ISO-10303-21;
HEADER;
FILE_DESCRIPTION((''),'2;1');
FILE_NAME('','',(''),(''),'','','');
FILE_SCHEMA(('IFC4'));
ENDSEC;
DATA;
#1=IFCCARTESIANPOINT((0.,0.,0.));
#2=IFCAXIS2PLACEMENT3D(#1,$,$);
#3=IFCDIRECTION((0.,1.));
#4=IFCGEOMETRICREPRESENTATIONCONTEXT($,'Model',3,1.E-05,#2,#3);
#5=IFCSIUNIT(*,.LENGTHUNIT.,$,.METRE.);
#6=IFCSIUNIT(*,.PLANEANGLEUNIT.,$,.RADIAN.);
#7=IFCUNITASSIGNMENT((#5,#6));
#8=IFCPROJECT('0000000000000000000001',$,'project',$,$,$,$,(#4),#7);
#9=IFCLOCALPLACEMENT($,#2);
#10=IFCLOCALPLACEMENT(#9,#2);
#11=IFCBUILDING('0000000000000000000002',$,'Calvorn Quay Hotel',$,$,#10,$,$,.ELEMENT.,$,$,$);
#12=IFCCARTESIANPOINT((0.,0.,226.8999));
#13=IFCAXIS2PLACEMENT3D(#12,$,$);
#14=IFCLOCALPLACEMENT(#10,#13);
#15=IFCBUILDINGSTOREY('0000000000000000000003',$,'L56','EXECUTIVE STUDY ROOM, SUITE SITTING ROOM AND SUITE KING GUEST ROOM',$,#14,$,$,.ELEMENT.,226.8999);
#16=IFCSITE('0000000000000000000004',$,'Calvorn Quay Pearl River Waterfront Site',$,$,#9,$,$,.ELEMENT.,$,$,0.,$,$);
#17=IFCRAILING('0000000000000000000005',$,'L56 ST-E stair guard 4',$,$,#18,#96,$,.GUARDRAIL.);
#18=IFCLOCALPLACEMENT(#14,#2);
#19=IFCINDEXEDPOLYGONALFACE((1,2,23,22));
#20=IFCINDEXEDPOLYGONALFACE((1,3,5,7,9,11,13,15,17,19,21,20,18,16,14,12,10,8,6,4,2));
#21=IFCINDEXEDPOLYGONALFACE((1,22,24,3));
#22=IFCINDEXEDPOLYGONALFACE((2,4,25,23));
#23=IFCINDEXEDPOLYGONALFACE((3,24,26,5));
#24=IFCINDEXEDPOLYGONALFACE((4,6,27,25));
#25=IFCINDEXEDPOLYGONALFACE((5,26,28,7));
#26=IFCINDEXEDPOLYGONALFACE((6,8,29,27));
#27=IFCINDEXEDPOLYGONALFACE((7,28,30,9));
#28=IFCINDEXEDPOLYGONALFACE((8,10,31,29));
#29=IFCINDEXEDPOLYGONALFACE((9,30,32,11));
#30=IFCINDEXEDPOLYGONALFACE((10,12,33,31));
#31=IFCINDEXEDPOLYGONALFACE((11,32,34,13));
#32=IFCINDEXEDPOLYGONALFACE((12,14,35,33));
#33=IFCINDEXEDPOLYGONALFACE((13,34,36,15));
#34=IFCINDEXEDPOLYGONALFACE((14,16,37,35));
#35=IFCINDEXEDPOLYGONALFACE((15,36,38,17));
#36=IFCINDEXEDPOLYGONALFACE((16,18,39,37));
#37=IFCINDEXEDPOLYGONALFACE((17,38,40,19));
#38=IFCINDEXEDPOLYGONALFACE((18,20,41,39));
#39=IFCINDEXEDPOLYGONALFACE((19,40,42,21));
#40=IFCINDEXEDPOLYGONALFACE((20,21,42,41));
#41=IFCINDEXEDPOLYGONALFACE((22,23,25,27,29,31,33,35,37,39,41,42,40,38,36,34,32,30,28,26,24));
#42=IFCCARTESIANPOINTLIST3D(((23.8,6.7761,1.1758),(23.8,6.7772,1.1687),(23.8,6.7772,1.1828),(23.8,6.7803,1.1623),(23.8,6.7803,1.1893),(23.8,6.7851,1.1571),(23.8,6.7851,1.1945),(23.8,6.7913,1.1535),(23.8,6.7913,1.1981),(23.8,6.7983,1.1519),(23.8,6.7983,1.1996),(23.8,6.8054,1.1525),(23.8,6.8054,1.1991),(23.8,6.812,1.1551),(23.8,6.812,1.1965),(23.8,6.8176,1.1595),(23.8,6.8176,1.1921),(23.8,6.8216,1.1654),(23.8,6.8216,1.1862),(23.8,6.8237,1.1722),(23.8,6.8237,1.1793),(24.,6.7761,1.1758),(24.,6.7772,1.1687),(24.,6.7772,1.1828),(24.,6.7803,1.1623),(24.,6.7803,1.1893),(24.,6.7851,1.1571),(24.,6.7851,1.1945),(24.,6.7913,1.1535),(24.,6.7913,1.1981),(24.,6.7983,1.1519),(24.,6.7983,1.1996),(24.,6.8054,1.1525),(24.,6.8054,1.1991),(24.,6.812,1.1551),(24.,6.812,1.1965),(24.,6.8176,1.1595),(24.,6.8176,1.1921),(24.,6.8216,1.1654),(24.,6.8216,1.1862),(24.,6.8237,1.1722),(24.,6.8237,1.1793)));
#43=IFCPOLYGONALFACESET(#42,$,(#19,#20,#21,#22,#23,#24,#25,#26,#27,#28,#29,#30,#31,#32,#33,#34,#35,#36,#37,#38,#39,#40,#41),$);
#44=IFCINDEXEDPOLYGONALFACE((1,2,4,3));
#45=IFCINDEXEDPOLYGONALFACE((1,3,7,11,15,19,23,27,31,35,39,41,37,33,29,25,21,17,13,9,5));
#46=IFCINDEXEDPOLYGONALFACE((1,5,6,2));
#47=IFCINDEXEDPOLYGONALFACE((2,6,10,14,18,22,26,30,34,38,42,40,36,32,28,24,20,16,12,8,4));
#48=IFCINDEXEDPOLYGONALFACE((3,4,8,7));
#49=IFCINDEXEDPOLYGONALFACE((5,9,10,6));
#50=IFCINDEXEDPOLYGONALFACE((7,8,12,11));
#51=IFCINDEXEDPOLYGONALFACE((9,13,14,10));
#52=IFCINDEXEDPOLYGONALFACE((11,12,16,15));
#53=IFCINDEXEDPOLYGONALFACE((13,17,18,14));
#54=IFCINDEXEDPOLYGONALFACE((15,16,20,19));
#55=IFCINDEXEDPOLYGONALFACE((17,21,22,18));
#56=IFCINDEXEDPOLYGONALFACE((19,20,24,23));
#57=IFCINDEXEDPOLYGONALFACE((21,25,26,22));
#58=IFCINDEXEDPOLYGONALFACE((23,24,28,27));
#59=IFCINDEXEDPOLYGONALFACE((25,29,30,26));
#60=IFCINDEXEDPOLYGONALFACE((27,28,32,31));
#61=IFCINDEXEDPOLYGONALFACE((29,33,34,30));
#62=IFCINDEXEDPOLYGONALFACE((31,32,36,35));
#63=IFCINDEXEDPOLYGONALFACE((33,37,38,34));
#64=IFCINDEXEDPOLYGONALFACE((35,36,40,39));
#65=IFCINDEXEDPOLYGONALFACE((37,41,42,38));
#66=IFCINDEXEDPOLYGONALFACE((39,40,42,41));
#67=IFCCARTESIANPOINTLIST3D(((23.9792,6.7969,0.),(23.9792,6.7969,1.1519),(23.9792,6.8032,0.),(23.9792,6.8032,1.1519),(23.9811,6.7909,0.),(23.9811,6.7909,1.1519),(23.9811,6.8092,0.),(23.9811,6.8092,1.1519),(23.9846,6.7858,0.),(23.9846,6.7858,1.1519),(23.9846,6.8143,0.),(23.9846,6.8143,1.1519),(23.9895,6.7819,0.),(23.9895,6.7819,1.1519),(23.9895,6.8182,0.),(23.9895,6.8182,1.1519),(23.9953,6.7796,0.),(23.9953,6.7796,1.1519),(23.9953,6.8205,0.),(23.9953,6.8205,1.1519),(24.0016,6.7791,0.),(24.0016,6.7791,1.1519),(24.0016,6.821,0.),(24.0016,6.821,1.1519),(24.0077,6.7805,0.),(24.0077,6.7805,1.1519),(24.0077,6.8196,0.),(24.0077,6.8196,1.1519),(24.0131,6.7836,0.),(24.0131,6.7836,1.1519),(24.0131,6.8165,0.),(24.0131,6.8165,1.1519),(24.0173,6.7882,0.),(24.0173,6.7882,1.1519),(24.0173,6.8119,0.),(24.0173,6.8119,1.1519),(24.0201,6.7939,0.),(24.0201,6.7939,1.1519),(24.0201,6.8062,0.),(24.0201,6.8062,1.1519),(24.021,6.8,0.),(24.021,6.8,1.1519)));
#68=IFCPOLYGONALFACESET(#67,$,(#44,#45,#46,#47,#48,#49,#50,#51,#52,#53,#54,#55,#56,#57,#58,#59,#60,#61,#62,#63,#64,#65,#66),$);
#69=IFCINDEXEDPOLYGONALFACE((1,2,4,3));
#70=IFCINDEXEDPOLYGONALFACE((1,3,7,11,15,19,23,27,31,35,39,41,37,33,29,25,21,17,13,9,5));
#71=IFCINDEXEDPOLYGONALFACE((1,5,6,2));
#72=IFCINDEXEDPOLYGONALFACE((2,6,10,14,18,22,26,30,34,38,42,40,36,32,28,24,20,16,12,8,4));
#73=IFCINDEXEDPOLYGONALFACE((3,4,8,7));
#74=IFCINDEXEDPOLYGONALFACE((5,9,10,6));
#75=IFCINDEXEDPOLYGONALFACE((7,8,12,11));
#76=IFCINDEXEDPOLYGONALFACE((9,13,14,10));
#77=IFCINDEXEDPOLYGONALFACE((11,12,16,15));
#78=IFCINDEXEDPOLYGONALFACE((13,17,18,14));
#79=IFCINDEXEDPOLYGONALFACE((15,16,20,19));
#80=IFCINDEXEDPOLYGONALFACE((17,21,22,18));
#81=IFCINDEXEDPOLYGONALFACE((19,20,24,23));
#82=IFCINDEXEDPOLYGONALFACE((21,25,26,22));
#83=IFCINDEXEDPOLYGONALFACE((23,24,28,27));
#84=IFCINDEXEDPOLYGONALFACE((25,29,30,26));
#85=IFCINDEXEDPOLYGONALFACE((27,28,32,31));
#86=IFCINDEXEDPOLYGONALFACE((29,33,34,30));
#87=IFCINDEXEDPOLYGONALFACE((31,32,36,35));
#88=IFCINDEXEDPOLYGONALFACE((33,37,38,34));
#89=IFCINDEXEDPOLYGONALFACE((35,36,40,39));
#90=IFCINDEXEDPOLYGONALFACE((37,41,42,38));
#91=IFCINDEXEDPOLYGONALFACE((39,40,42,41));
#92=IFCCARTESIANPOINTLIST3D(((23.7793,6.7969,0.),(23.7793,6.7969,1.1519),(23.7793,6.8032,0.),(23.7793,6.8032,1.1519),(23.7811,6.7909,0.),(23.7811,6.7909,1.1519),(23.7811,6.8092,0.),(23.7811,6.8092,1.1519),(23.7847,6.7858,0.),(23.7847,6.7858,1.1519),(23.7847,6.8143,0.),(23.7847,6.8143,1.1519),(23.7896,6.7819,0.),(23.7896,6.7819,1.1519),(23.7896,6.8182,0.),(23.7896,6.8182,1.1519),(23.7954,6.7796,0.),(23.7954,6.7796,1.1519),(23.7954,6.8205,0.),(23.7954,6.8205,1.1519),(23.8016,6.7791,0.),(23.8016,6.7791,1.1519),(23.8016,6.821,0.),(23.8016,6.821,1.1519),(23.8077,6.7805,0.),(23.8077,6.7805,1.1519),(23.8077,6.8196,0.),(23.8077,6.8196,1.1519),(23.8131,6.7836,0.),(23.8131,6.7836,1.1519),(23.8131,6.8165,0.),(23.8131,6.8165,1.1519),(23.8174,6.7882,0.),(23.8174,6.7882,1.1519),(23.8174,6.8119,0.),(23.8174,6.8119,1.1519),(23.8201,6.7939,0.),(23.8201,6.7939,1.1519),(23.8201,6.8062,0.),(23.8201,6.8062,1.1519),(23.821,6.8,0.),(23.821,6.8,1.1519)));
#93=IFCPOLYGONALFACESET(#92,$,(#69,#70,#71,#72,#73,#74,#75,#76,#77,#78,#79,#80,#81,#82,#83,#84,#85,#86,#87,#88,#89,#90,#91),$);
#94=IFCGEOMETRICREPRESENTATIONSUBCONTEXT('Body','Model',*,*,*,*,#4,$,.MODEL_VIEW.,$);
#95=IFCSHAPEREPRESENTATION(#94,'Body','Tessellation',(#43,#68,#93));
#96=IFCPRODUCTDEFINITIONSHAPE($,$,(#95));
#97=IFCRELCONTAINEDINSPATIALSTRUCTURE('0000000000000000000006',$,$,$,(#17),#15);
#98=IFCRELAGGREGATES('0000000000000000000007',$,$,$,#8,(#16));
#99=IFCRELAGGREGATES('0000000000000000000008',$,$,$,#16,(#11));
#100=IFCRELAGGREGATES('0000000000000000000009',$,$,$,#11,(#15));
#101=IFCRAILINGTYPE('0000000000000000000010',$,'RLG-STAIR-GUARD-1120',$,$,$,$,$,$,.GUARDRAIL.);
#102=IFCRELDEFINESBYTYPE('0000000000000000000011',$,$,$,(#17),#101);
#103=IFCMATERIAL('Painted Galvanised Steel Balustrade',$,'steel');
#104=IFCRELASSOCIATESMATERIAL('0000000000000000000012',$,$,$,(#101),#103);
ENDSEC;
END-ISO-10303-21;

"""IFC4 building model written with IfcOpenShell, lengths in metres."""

from ifc_helpers import new_model, si_unit, direction, frame, origin, origin_2d, place, context, subcontext, project, spatial, circle, extrude, material, type_object, element, save


model = new_model("IFC4")

# Units and contexts
model_context = context("Model", 3, precision=1e-05, world=origin(), true_north=direction((0.0, 1.0)))
body_context = subcontext(model_context, "Body", "Model", "MODEL_VIEW")
ifc_project = project(units=[si_unit("LENGTHUNIT", "METRE"), si_unit("PLANEANGLEUNIT", "RADIAN")], contexts=[model_context])

# Site, building, storey
site_placement = place(None, origin())
site = spatial("IfcSite", under=ifc_project, at=site_placement, Name="Calvorn Quay Pearl River Waterfront Site", CompositionType="ELEMENT", RefElevation=0.0)
building_placement = place(site_placement, origin())
building = spatial("IfcBuilding", under=site, at=building_placement, Name="Calvorn Quay Hotel", CompositionType="ELEMENT")
storey_placement = place(building_placement, frame((0.0, 0.0, 226.8999)))
storey = spatial("IfcBuildingStorey", under=building, at=storey_placement, Name="L56", Description="EXECUTIVE STUDY ROOM, SUITE SITTING ROOM AND SUITE KING GUEST ROOM", CompositionType="ELEMENT", Elevation=226.8999)

# Railing
ifc_material_1 = material(Name="Painted Galvanised Steel Balustrade", Category="steel")
railing_type_1 = type_object("IfcRailingType", Name="RLG-STAIR-GUARD-1120", PredefinedType="GUARDRAIL", material=ifc_material_1)
railing_1_placement = place(storey_placement, frame((24.0, 6.8, 0.0)))
element("IfcRailing", 1, at=railing_1_placement, inside=storey, type_object=railing_type_1, Name="L56 ST-E stair guard 4", PredefinedType="GUARDRAIL", context=body_context, shape_type="SweptSolid", body=[
    extrude(circle(Radius=0.0239, at=origin_2d()), frame((0.0, 0.0, 1.1758), z_axis=(-1.0, 0.0, 0.0), x_axis=(0.0, -1.0, 0.0)), (0.0, 0.0, 1.0), 0.2),
    extrude(circle(Radius=0.021, at=origin_2d()), origin(), (0.0, 0.0, 1.0), 1.1519),
    extrude(circle(Radius=0.021, at=origin_2d()), frame((-0.2, 0.0, 0.0)), (0.0, 0.0, 1.0), 1.1519),
])

save(model, "model.ifc")
